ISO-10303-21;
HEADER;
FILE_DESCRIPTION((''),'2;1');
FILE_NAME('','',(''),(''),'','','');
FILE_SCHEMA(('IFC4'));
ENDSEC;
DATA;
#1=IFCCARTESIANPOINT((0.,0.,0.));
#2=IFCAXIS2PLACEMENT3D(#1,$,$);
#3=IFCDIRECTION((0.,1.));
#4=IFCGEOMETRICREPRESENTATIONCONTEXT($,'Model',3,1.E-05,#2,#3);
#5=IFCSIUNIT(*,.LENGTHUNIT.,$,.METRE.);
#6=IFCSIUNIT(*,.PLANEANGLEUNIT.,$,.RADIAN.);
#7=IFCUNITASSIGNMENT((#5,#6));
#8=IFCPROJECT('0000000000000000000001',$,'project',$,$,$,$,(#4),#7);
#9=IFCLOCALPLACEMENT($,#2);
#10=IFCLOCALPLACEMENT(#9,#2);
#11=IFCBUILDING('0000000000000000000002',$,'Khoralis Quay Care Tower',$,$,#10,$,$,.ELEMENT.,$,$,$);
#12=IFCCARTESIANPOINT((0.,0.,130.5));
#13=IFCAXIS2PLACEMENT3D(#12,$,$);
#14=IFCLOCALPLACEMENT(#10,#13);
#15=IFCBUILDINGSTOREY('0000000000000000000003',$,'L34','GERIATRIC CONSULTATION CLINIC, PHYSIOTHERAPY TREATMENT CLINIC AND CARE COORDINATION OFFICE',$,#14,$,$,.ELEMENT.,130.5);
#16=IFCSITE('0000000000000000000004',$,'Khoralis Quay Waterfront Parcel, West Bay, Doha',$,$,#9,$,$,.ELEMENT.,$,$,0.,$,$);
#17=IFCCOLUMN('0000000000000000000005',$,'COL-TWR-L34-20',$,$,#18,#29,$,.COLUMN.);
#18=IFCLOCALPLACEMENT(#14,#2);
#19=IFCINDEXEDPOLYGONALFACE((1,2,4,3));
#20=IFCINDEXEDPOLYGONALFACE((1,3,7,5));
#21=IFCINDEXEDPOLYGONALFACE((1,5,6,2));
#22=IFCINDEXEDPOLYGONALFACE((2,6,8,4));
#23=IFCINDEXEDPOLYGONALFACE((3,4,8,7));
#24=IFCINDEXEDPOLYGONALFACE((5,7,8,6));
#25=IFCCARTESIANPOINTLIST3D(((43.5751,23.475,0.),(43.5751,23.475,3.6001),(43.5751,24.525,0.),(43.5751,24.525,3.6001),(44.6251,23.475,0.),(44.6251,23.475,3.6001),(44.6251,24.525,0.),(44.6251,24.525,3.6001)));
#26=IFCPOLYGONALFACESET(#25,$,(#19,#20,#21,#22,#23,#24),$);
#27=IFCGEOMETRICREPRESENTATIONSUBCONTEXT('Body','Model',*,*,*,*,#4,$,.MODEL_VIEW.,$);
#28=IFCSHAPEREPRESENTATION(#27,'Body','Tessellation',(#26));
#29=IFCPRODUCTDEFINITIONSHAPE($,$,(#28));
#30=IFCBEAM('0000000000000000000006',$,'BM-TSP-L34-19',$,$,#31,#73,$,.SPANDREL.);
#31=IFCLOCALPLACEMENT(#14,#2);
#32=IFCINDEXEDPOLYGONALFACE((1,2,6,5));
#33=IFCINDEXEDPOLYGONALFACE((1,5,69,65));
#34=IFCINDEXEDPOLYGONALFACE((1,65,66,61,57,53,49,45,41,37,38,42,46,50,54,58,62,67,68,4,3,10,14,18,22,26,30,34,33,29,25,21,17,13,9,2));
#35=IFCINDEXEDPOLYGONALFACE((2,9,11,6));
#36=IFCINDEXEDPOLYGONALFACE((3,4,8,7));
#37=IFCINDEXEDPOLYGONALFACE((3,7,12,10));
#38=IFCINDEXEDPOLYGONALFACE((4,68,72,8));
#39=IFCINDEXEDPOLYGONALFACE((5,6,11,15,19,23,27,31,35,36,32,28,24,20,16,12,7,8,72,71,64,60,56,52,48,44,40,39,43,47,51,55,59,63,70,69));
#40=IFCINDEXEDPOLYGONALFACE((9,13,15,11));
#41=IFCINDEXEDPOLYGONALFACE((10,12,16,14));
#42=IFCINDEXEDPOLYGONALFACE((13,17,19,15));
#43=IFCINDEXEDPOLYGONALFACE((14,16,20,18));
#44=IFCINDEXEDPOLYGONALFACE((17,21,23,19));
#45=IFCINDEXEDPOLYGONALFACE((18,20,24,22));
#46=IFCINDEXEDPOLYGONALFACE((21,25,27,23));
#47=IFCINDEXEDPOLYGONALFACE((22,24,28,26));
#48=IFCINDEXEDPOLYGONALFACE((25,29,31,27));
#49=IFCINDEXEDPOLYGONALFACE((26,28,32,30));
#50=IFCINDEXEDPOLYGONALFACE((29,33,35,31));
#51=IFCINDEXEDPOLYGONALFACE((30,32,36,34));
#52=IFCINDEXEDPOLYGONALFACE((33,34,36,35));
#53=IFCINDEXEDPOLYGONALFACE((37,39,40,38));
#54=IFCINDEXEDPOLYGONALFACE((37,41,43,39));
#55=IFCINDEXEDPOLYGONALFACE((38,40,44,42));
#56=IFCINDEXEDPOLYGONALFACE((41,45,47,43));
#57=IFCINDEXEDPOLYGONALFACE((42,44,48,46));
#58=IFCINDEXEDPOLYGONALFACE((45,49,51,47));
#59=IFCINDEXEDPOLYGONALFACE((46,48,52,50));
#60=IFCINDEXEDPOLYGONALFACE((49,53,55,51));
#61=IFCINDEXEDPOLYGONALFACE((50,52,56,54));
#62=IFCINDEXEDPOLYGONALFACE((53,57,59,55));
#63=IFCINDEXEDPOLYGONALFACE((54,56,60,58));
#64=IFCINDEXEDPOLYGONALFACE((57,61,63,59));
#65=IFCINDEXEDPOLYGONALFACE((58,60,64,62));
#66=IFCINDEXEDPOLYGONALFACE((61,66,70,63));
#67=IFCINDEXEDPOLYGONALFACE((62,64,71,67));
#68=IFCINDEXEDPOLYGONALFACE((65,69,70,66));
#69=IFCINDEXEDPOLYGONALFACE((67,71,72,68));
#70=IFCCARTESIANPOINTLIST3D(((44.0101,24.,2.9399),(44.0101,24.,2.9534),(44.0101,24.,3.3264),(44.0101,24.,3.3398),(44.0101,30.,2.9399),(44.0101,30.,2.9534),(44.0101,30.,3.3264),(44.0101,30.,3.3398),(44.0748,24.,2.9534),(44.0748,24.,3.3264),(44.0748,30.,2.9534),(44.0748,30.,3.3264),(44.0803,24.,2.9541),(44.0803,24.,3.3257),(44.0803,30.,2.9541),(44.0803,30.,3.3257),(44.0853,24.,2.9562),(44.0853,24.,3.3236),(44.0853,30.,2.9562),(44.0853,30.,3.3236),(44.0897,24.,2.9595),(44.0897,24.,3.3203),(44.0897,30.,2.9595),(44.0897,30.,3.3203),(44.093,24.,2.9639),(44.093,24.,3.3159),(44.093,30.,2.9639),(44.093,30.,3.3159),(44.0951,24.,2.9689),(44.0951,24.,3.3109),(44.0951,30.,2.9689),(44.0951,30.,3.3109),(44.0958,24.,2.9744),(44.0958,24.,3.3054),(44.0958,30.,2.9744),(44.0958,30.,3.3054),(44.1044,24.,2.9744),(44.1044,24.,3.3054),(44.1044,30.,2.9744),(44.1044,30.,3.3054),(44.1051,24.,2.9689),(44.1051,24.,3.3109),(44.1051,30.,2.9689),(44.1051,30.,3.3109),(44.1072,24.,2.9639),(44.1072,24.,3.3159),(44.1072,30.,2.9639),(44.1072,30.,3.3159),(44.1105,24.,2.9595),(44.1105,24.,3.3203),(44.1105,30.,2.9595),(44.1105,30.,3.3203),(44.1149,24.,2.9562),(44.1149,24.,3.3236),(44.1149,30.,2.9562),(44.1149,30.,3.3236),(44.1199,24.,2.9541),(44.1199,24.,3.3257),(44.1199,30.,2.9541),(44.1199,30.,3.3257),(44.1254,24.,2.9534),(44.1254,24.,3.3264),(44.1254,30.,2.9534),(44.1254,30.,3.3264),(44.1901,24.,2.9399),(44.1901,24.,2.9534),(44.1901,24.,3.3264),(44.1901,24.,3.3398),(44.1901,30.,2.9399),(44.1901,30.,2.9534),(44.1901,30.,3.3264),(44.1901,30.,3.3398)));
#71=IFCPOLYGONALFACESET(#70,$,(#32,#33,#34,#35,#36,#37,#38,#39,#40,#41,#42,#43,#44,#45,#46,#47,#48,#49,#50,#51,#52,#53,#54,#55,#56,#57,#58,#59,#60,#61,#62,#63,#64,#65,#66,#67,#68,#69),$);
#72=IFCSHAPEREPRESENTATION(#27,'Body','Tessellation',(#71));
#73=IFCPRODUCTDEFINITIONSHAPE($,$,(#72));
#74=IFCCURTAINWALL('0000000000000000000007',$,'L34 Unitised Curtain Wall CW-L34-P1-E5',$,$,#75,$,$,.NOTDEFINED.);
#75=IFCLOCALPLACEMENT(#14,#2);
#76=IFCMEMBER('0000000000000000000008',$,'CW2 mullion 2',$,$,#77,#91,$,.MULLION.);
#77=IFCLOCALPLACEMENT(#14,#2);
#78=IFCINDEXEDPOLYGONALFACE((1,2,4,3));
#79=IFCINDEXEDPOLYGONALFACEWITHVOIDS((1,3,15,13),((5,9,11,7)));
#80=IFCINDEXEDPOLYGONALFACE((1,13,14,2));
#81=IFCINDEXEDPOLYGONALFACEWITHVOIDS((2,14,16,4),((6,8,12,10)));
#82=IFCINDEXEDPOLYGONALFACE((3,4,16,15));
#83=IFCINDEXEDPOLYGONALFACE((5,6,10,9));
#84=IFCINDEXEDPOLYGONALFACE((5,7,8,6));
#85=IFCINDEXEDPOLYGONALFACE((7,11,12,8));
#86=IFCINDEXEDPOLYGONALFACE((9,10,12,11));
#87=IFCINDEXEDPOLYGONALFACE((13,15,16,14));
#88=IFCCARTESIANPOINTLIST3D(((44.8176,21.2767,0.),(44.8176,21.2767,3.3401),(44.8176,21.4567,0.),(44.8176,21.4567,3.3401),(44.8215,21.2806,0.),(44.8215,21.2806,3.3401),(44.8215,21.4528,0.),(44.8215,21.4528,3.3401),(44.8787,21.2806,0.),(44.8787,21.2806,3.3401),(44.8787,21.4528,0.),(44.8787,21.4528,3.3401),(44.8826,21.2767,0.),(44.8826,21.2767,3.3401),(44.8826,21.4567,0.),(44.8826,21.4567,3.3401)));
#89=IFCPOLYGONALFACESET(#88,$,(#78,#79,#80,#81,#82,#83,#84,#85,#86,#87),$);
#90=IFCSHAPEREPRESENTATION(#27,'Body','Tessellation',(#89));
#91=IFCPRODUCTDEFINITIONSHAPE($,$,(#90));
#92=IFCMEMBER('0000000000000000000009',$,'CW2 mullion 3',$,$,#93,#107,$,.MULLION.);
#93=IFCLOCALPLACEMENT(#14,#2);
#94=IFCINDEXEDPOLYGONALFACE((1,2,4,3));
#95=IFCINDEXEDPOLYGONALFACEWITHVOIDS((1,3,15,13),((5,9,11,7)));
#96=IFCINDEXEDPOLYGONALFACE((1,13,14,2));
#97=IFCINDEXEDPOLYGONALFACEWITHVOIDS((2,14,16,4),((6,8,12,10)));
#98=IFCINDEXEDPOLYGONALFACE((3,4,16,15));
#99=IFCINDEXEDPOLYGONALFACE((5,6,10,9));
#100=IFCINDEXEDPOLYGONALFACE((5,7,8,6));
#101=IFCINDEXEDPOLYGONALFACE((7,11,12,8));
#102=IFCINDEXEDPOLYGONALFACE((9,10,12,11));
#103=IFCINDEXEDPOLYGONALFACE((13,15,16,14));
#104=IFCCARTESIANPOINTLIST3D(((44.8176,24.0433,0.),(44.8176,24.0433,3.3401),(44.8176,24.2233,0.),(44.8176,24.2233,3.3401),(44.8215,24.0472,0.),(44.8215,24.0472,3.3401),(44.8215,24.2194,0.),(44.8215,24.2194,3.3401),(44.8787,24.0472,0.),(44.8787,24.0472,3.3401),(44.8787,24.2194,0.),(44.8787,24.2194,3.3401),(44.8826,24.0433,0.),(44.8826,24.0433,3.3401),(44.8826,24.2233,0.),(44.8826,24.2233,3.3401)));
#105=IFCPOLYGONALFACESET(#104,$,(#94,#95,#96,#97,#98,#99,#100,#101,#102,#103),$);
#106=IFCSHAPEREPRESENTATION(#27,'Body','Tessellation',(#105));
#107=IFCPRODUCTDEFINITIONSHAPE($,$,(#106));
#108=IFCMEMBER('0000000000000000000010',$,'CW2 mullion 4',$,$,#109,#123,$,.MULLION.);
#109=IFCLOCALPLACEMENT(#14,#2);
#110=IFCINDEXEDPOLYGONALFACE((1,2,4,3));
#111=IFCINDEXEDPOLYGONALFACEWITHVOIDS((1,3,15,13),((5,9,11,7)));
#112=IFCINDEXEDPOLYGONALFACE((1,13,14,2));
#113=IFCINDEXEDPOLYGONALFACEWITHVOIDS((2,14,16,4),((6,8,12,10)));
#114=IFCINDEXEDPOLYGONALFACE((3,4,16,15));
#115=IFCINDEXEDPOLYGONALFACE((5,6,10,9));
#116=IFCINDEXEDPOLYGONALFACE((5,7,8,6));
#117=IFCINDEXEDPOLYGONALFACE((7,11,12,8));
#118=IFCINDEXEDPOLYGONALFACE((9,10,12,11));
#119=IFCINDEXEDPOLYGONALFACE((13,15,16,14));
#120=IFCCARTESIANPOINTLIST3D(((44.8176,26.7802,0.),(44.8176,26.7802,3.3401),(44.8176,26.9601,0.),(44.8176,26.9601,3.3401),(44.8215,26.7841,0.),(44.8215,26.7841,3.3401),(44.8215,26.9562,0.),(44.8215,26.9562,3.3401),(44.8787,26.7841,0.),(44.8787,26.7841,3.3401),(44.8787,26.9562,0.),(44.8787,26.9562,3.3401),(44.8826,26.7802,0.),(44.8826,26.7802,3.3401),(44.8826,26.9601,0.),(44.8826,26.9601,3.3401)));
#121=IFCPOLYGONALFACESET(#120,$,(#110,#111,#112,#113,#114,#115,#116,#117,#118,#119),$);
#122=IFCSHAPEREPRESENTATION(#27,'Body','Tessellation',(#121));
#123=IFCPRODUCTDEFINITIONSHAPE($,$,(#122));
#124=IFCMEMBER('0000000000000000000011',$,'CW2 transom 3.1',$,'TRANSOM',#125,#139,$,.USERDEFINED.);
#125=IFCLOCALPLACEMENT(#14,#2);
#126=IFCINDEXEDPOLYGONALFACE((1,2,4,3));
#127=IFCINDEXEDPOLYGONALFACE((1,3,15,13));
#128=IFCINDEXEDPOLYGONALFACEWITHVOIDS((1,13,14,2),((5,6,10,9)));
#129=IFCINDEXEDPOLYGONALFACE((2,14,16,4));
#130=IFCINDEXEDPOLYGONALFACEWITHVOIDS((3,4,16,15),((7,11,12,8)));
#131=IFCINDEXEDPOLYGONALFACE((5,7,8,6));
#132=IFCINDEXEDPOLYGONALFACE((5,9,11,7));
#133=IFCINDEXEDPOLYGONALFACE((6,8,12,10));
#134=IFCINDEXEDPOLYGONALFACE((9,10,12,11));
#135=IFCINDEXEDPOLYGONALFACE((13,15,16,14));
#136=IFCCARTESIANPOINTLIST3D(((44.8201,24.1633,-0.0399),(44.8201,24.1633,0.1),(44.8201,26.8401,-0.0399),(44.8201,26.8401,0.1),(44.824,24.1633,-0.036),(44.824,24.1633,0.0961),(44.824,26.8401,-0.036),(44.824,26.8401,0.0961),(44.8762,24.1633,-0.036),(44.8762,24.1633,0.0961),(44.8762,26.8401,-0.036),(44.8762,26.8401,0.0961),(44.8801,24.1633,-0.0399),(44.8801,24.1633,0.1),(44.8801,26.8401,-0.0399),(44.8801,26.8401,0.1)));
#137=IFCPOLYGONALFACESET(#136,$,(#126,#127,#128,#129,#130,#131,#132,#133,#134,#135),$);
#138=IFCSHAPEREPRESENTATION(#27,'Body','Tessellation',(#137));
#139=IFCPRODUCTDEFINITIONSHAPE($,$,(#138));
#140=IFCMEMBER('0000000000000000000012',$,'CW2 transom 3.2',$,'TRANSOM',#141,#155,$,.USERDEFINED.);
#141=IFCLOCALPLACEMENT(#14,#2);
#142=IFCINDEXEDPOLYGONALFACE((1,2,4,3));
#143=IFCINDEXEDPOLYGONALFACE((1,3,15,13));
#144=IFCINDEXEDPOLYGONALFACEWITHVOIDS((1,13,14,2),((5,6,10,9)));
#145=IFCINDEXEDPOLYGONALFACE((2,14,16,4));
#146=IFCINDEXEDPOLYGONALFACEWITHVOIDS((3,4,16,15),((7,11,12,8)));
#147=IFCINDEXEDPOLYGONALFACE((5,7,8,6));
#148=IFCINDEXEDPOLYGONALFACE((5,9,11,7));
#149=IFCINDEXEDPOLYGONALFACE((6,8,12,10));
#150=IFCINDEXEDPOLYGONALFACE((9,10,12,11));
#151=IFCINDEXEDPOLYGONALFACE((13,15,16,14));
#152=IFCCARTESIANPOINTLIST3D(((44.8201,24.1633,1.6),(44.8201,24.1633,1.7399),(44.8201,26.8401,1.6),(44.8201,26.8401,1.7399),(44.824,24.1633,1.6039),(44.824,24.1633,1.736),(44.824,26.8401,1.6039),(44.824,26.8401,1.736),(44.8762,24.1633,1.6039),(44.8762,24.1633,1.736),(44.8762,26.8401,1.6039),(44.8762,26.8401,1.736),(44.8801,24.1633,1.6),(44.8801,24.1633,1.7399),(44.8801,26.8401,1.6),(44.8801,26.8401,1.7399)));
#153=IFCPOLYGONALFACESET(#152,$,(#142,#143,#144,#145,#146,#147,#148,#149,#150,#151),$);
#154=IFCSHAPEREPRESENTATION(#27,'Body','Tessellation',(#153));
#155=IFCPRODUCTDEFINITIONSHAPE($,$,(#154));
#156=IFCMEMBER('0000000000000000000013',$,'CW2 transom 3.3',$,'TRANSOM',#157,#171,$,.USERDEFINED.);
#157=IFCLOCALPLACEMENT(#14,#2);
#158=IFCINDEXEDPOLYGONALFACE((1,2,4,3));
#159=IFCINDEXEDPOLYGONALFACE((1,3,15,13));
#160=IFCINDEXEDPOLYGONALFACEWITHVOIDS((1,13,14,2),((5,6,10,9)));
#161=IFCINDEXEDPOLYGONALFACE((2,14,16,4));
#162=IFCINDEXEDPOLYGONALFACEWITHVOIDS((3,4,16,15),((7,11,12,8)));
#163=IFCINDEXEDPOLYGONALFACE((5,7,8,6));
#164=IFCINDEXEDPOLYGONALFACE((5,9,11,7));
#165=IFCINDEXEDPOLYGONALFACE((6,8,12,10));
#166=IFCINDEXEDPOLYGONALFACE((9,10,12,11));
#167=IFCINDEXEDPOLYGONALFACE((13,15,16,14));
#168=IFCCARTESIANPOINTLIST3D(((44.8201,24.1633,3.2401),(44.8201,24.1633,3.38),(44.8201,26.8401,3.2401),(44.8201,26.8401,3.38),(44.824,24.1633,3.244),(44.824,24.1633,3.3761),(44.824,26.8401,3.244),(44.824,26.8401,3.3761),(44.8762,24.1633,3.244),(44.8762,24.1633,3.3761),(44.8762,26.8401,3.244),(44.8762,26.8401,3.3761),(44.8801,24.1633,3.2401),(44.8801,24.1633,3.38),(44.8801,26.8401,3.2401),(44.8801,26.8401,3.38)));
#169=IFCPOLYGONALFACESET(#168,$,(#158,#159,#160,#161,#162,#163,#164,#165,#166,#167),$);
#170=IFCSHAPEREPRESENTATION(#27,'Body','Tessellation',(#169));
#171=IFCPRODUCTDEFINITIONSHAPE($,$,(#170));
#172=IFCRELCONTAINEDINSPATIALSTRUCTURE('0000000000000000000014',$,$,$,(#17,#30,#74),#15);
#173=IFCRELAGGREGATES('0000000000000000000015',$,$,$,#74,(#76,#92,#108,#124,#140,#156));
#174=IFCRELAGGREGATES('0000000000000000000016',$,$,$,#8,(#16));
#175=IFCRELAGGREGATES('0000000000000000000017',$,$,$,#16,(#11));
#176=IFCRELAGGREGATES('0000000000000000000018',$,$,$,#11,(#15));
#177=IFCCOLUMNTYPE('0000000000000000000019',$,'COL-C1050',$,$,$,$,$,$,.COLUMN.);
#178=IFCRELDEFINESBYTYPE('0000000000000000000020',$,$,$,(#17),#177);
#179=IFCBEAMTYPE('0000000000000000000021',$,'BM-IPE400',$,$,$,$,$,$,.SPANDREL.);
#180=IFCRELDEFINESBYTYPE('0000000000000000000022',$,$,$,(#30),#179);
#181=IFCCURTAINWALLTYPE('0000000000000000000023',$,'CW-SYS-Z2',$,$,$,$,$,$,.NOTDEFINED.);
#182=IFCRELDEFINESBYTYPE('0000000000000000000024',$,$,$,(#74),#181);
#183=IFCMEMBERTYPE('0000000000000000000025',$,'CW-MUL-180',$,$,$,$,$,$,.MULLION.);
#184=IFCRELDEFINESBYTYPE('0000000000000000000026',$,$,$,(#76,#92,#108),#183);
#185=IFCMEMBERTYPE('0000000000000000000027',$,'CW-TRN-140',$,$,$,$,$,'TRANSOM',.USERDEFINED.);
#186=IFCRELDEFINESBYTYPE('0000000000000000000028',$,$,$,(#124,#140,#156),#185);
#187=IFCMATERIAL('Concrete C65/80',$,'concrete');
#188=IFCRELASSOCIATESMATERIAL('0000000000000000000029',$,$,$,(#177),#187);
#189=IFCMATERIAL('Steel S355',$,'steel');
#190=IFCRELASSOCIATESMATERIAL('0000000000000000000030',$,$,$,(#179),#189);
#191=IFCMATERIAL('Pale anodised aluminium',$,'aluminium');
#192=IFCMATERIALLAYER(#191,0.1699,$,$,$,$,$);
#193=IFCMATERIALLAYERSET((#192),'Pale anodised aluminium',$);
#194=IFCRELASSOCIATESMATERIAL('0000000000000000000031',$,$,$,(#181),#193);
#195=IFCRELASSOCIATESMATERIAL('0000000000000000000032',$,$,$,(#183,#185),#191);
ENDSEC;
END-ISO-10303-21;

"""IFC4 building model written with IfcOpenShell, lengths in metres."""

from ifc_helpers import new_model, si_unit, direction, frame, origin, origin_2d, place, context, subcontext, project, spatial, rectangle, hollow_rectangle, i_section, extrude, source, transform, mapped, material, layer, layer_set, material_profile, profile_set, type_object, element, aggregate, save


model = new_model("IFC4")

# Units and contexts
model_context = context("Model", 3, precision=1e-05, world=origin(), true_north=direction((0.0, 1.0)))
body_context = subcontext(model_context, "Body", "Model", "MODEL_VIEW")
ifc_project = project(units=[si_unit("LENGTHUNIT", "METRE"), si_unit("PLANEANGLEUNIT", "RADIAN")], contexts=[model_context])

# Site, building, storey
site_placement = place(None, origin())
site = spatial("IfcSite", under=ifc_project, at=site_placement, Name="Khoralis Quay Waterfront Parcel, West Bay, Doha", CompositionType="ELEMENT", RefElevation=0.0)
building_placement = place(site_placement, origin())
building = spatial("IfcBuilding", under=site, at=building_placement, Name="Khoralis Quay Care Tower", CompositionType="ELEMENT")
storey_placement = place(building_placement, frame((0.0, 0.0, 130.5)))
storey = spatial("IfcBuildingStorey", under=building, at=storey_placement, Name="L34", Description="GERIATRIC CONSULTATION CLINIC, PHYSIOTHERAPY TREATMENT CLINIC AND CARE COORDINATION OFFICE", CompositionType="ELEMENT", Elevation=130.5)

# Column
ifc_material_1 = material(Name="Concrete C65/80", Category="concrete")
ifc_material_profile_1 = material_profile(ifc_material_1, rectangle(XDim=1.05, YDim=1.05, at=origin_2d()), Name="Concrete C65/80")
ifc_profile_set_1 = profile_set([ifc_material_profile_1], Name="Concrete C65/80")
column_type = type_object("IfcColumnType", Name="COL-C1050", PredefinedType="COLUMN", material=ifc_profile_set_1)
shared_shape_1 = source(origin(), body_context, "Body", "SweptSolid", [
    extrude(rectangle(XDim=1.05, YDim=1.05, at=origin_2d()), origin(), (0.0, 0.0, 1.0), 3.6001),
])
column_placement = place(storey_placement, frame((44.1001, 24.0, 0.0), z_axis=(0.0, 0.0, 1.0), x_axis=(1.0, 0.0, 0.0)))
element("IfcColumn", 1, at=column_placement, inside=storey, type_object=column_type, Name="COL-TWR-L34-20", PredefinedType="COLUMN", context=body_context, shape_type="MappedRepresentation", body=[
    mapped(shared_shape_1, transform((0.0, 0.0, 0.0), scale=1.0)),
])

# Beam
ifc_material_2 = material(Name="Steel S355", Category="steel")
ifc_material_profile_2 = material_profile(ifc_material_2, i_section(OverallWidth=0.1799, OverallDepth=0.3999, WebThickness=0.0085, FlangeThickness=0.0134, FilletRadius=0.021, at=origin_2d()), Name="Steel S355")
ifc_profile_set_2 = profile_set([ifc_material_profile_2], Name="Steel S355")
beam_type = type_object("IfcBeamType", Name="BM-IPE400", PredefinedType="SPANDREL", material=ifc_profile_set_2)
shared_shape_2 = source(origin(), body_context, "Body", "SweptSolid", [
    extrude(i_section(OverallWidth=0.1799, OverallDepth=0.3999, WebThickness=0.0085, FlangeThickness=0.0134, FilletRadius=0.021, at=origin_2d()), origin(), (0.0, 0.0, 1.0), 6.0),
])
beam_placement = place(storey_placement, frame((44.1001, 24.0, 3.1399), z_axis=(0.0, 1.0, 0.0), x_axis=(-1.0, 0.0, 0.0)))
element("IfcBeam", 2, at=beam_placement, inside=storey, type_object=beam_type, Name="BM-TSP-L34-19", PredefinedType="SPANDREL", context=body_context, shape_type="MappedRepresentation", body=[
    mapped(shared_shape_2, transform((0.0, 0.0, 0.0), scale=1.0)),
])

# Curtain wall, members
ifc_material_3 = material(Name="Pale anodised aluminium", Category="aluminium")
ifc_layer_1 = layer(ifc_material_3, 0.1699)
ifc_layer_set_1 = layer_set([ifc_layer_1], Name="Pale anodised aluminium")
curtain_wall_type = type_object("IfcCurtainWallType", Name="CW-SYS-Z2", PredefinedType="NOTDEFINED", material=ifc_layer_set_1)
curtain_wall_placement = place(storey_placement, origin())
curtain_wall = element("IfcCurtainWall", 3, at=curtain_wall_placement, inside=storey, type_object=curtain_wall_type, Name="L34 Unitised Curtain Wall CW-L34-P1-E5", PredefinedType="NOTDEFINED")
ifc_material_profile_3 = material_profile(ifc_material_3, hollow_rectangle(XDim=0.0649, YDim=0.1799, WallThickness=0.0039, at=origin_2d()), Name="Pale anodised aluminium")
ifc_profile_set_3 = profile_set([ifc_material_profile_3], Name="Pale anodised aluminium")
member_type_1 = type_object("IfcMemberType", Name="CW-MUL-180", PredefinedType="MULLION", material=ifc_profile_set_3)
shared_shape_3 = source(origin(), body_context, "Body", "SweptSolid", [
    extrude(hollow_rectangle(XDim=0.0649, YDim=0.1799, WallThickness=0.0039, at=origin_2d()), origin(), (0.0, 0.0, 1.0), 3.3401),
])
member_1_placement = place(storey_placement, frame((44.8501, 21.3667, 0.0), z_axis=(0.0, 0.0, 1.0), x_axis=(-1.0, 0.0, 0.0)))
member_1 = element("IfcMember", 4, at=member_1_placement, type_object=member_type_1, Name="CW2 mullion 2", PredefinedType="MULLION", context=body_context, shape_type="MappedRepresentation", body=[
    mapped(shared_shape_3, transform((0.0, 0.0, 0.0), scale=1.0)),
])
member_2_placement = place(storey_placement, frame((44.8501, 24.1333, 0.0), z_axis=(0.0, 0.0, 1.0), x_axis=(-1.0, 0.0, 0.0)))
member_2 = element("IfcMember", 5, at=member_2_placement, type_object=member_type_1, Name="CW2 mullion 3", PredefinedType="MULLION", context=body_context, shape_type="MappedRepresentation", body=[
    mapped(shared_shape_3, transform((0.0, 0.0, 0.0), scale=1.0)),
])
member_3_placement = place(storey_placement, frame((44.8501, 26.8701, 0.0), z_axis=(0.0, 0.0, 1.0), x_axis=(-1.0, 0.0, 0.0)))
member_3 = element("IfcMember", 6, at=member_3_placement, type_object=member_type_1, Name="CW2 mullion 4", PredefinedType="MULLION", context=body_context, shape_type="MappedRepresentation", body=[
    mapped(shared_shape_3, transform((0.0, 0.0, 0.0), scale=1.0)),
])
ifc_material_profile_4 = material_profile(ifc_material_3, hollow_rectangle(XDim=0.0601, YDim=0.1399, WallThickness=0.0039, at=origin_2d()), Name="Pale anodised aluminium")
ifc_profile_set_4 = profile_set([ifc_material_profile_4], Name="Pale anodised aluminium")
member_type_2 = type_object("IfcMemberType", Name="CW-TRN-140", ElementType="TRANSOM", PredefinedType="USERDEFINED", material=ifc_profile_set_4)
shared_shape_4 = source(origin(), body_context, "Body", "SweptSolid", [
    extrude(hollow_rectangle(XDim=0.0601, YDim=0.1399, WallThickness=0.0039, at=origin_2d()), origin(), (0.0, 0.0, 1.0), 2.6768),
])
member_4_placement = place(storey_placement, frame((44.8501, 24.1633, 0.03), z_axis=(0.0, 1.0, 0.0), x_axis=(-1.0, 0.0, 0.0)))
member_4 = element("IfcMember", 7, at=member_4_placement, type_object=member_type_2, Name="CW2 transom 3.1", ObjectType="TRANSOM", PredefinedType="USERDEFINED", context=body_context, shape_type="MappedRepresentation", body=[
    mapped(shared_shape_4, transform((0.0, 0.0, 0.0), scale=1.0)),
])
member_5_placement = place(storey_placement, frame((44.8501, 24.1633, 1.6699), z_axis=(0.0, 1.0, 0.0), x_axis=(-1.0, 0.0, 0.0)))
member_5 = element("IfcMember", 8, at=member_5_placement, type_object=member_type_2, Name="CW2 transom 3.2", ObjectType="TRANSOM", PredefinedType="USERDEFINED", context=body_context, shape_type="MappedRepresentation", body=[
    mapped(shared_shape_4, transform((0.0, 0.0, 0.0), scale=1.0)),
])
member_6_placement = place(storey_placement, frame((44.8501, 24.1633, 3.3101), z_axis=(0.0, 1.0, 0.0), x_axis=(-1.0, 0.0, 0.0)))
member_6 = element("IfcMember", 9, at=member_6_placement, type_object=member_type_2, Name="CW2 transom 3.3", ObjectType="TRANSOM", PredefinedType="USERDEFINED", context=body_context, shape_type="MappedRepresentation", body=[
    mapped(shared_shape_4, transform((0.0, 0.0, 0.0), scale=1.0)),
])
aggregate(curtain_wall, [member_1, member_2, member_3, member_4, member_5, member_6])

save(model, "model.ifc")
